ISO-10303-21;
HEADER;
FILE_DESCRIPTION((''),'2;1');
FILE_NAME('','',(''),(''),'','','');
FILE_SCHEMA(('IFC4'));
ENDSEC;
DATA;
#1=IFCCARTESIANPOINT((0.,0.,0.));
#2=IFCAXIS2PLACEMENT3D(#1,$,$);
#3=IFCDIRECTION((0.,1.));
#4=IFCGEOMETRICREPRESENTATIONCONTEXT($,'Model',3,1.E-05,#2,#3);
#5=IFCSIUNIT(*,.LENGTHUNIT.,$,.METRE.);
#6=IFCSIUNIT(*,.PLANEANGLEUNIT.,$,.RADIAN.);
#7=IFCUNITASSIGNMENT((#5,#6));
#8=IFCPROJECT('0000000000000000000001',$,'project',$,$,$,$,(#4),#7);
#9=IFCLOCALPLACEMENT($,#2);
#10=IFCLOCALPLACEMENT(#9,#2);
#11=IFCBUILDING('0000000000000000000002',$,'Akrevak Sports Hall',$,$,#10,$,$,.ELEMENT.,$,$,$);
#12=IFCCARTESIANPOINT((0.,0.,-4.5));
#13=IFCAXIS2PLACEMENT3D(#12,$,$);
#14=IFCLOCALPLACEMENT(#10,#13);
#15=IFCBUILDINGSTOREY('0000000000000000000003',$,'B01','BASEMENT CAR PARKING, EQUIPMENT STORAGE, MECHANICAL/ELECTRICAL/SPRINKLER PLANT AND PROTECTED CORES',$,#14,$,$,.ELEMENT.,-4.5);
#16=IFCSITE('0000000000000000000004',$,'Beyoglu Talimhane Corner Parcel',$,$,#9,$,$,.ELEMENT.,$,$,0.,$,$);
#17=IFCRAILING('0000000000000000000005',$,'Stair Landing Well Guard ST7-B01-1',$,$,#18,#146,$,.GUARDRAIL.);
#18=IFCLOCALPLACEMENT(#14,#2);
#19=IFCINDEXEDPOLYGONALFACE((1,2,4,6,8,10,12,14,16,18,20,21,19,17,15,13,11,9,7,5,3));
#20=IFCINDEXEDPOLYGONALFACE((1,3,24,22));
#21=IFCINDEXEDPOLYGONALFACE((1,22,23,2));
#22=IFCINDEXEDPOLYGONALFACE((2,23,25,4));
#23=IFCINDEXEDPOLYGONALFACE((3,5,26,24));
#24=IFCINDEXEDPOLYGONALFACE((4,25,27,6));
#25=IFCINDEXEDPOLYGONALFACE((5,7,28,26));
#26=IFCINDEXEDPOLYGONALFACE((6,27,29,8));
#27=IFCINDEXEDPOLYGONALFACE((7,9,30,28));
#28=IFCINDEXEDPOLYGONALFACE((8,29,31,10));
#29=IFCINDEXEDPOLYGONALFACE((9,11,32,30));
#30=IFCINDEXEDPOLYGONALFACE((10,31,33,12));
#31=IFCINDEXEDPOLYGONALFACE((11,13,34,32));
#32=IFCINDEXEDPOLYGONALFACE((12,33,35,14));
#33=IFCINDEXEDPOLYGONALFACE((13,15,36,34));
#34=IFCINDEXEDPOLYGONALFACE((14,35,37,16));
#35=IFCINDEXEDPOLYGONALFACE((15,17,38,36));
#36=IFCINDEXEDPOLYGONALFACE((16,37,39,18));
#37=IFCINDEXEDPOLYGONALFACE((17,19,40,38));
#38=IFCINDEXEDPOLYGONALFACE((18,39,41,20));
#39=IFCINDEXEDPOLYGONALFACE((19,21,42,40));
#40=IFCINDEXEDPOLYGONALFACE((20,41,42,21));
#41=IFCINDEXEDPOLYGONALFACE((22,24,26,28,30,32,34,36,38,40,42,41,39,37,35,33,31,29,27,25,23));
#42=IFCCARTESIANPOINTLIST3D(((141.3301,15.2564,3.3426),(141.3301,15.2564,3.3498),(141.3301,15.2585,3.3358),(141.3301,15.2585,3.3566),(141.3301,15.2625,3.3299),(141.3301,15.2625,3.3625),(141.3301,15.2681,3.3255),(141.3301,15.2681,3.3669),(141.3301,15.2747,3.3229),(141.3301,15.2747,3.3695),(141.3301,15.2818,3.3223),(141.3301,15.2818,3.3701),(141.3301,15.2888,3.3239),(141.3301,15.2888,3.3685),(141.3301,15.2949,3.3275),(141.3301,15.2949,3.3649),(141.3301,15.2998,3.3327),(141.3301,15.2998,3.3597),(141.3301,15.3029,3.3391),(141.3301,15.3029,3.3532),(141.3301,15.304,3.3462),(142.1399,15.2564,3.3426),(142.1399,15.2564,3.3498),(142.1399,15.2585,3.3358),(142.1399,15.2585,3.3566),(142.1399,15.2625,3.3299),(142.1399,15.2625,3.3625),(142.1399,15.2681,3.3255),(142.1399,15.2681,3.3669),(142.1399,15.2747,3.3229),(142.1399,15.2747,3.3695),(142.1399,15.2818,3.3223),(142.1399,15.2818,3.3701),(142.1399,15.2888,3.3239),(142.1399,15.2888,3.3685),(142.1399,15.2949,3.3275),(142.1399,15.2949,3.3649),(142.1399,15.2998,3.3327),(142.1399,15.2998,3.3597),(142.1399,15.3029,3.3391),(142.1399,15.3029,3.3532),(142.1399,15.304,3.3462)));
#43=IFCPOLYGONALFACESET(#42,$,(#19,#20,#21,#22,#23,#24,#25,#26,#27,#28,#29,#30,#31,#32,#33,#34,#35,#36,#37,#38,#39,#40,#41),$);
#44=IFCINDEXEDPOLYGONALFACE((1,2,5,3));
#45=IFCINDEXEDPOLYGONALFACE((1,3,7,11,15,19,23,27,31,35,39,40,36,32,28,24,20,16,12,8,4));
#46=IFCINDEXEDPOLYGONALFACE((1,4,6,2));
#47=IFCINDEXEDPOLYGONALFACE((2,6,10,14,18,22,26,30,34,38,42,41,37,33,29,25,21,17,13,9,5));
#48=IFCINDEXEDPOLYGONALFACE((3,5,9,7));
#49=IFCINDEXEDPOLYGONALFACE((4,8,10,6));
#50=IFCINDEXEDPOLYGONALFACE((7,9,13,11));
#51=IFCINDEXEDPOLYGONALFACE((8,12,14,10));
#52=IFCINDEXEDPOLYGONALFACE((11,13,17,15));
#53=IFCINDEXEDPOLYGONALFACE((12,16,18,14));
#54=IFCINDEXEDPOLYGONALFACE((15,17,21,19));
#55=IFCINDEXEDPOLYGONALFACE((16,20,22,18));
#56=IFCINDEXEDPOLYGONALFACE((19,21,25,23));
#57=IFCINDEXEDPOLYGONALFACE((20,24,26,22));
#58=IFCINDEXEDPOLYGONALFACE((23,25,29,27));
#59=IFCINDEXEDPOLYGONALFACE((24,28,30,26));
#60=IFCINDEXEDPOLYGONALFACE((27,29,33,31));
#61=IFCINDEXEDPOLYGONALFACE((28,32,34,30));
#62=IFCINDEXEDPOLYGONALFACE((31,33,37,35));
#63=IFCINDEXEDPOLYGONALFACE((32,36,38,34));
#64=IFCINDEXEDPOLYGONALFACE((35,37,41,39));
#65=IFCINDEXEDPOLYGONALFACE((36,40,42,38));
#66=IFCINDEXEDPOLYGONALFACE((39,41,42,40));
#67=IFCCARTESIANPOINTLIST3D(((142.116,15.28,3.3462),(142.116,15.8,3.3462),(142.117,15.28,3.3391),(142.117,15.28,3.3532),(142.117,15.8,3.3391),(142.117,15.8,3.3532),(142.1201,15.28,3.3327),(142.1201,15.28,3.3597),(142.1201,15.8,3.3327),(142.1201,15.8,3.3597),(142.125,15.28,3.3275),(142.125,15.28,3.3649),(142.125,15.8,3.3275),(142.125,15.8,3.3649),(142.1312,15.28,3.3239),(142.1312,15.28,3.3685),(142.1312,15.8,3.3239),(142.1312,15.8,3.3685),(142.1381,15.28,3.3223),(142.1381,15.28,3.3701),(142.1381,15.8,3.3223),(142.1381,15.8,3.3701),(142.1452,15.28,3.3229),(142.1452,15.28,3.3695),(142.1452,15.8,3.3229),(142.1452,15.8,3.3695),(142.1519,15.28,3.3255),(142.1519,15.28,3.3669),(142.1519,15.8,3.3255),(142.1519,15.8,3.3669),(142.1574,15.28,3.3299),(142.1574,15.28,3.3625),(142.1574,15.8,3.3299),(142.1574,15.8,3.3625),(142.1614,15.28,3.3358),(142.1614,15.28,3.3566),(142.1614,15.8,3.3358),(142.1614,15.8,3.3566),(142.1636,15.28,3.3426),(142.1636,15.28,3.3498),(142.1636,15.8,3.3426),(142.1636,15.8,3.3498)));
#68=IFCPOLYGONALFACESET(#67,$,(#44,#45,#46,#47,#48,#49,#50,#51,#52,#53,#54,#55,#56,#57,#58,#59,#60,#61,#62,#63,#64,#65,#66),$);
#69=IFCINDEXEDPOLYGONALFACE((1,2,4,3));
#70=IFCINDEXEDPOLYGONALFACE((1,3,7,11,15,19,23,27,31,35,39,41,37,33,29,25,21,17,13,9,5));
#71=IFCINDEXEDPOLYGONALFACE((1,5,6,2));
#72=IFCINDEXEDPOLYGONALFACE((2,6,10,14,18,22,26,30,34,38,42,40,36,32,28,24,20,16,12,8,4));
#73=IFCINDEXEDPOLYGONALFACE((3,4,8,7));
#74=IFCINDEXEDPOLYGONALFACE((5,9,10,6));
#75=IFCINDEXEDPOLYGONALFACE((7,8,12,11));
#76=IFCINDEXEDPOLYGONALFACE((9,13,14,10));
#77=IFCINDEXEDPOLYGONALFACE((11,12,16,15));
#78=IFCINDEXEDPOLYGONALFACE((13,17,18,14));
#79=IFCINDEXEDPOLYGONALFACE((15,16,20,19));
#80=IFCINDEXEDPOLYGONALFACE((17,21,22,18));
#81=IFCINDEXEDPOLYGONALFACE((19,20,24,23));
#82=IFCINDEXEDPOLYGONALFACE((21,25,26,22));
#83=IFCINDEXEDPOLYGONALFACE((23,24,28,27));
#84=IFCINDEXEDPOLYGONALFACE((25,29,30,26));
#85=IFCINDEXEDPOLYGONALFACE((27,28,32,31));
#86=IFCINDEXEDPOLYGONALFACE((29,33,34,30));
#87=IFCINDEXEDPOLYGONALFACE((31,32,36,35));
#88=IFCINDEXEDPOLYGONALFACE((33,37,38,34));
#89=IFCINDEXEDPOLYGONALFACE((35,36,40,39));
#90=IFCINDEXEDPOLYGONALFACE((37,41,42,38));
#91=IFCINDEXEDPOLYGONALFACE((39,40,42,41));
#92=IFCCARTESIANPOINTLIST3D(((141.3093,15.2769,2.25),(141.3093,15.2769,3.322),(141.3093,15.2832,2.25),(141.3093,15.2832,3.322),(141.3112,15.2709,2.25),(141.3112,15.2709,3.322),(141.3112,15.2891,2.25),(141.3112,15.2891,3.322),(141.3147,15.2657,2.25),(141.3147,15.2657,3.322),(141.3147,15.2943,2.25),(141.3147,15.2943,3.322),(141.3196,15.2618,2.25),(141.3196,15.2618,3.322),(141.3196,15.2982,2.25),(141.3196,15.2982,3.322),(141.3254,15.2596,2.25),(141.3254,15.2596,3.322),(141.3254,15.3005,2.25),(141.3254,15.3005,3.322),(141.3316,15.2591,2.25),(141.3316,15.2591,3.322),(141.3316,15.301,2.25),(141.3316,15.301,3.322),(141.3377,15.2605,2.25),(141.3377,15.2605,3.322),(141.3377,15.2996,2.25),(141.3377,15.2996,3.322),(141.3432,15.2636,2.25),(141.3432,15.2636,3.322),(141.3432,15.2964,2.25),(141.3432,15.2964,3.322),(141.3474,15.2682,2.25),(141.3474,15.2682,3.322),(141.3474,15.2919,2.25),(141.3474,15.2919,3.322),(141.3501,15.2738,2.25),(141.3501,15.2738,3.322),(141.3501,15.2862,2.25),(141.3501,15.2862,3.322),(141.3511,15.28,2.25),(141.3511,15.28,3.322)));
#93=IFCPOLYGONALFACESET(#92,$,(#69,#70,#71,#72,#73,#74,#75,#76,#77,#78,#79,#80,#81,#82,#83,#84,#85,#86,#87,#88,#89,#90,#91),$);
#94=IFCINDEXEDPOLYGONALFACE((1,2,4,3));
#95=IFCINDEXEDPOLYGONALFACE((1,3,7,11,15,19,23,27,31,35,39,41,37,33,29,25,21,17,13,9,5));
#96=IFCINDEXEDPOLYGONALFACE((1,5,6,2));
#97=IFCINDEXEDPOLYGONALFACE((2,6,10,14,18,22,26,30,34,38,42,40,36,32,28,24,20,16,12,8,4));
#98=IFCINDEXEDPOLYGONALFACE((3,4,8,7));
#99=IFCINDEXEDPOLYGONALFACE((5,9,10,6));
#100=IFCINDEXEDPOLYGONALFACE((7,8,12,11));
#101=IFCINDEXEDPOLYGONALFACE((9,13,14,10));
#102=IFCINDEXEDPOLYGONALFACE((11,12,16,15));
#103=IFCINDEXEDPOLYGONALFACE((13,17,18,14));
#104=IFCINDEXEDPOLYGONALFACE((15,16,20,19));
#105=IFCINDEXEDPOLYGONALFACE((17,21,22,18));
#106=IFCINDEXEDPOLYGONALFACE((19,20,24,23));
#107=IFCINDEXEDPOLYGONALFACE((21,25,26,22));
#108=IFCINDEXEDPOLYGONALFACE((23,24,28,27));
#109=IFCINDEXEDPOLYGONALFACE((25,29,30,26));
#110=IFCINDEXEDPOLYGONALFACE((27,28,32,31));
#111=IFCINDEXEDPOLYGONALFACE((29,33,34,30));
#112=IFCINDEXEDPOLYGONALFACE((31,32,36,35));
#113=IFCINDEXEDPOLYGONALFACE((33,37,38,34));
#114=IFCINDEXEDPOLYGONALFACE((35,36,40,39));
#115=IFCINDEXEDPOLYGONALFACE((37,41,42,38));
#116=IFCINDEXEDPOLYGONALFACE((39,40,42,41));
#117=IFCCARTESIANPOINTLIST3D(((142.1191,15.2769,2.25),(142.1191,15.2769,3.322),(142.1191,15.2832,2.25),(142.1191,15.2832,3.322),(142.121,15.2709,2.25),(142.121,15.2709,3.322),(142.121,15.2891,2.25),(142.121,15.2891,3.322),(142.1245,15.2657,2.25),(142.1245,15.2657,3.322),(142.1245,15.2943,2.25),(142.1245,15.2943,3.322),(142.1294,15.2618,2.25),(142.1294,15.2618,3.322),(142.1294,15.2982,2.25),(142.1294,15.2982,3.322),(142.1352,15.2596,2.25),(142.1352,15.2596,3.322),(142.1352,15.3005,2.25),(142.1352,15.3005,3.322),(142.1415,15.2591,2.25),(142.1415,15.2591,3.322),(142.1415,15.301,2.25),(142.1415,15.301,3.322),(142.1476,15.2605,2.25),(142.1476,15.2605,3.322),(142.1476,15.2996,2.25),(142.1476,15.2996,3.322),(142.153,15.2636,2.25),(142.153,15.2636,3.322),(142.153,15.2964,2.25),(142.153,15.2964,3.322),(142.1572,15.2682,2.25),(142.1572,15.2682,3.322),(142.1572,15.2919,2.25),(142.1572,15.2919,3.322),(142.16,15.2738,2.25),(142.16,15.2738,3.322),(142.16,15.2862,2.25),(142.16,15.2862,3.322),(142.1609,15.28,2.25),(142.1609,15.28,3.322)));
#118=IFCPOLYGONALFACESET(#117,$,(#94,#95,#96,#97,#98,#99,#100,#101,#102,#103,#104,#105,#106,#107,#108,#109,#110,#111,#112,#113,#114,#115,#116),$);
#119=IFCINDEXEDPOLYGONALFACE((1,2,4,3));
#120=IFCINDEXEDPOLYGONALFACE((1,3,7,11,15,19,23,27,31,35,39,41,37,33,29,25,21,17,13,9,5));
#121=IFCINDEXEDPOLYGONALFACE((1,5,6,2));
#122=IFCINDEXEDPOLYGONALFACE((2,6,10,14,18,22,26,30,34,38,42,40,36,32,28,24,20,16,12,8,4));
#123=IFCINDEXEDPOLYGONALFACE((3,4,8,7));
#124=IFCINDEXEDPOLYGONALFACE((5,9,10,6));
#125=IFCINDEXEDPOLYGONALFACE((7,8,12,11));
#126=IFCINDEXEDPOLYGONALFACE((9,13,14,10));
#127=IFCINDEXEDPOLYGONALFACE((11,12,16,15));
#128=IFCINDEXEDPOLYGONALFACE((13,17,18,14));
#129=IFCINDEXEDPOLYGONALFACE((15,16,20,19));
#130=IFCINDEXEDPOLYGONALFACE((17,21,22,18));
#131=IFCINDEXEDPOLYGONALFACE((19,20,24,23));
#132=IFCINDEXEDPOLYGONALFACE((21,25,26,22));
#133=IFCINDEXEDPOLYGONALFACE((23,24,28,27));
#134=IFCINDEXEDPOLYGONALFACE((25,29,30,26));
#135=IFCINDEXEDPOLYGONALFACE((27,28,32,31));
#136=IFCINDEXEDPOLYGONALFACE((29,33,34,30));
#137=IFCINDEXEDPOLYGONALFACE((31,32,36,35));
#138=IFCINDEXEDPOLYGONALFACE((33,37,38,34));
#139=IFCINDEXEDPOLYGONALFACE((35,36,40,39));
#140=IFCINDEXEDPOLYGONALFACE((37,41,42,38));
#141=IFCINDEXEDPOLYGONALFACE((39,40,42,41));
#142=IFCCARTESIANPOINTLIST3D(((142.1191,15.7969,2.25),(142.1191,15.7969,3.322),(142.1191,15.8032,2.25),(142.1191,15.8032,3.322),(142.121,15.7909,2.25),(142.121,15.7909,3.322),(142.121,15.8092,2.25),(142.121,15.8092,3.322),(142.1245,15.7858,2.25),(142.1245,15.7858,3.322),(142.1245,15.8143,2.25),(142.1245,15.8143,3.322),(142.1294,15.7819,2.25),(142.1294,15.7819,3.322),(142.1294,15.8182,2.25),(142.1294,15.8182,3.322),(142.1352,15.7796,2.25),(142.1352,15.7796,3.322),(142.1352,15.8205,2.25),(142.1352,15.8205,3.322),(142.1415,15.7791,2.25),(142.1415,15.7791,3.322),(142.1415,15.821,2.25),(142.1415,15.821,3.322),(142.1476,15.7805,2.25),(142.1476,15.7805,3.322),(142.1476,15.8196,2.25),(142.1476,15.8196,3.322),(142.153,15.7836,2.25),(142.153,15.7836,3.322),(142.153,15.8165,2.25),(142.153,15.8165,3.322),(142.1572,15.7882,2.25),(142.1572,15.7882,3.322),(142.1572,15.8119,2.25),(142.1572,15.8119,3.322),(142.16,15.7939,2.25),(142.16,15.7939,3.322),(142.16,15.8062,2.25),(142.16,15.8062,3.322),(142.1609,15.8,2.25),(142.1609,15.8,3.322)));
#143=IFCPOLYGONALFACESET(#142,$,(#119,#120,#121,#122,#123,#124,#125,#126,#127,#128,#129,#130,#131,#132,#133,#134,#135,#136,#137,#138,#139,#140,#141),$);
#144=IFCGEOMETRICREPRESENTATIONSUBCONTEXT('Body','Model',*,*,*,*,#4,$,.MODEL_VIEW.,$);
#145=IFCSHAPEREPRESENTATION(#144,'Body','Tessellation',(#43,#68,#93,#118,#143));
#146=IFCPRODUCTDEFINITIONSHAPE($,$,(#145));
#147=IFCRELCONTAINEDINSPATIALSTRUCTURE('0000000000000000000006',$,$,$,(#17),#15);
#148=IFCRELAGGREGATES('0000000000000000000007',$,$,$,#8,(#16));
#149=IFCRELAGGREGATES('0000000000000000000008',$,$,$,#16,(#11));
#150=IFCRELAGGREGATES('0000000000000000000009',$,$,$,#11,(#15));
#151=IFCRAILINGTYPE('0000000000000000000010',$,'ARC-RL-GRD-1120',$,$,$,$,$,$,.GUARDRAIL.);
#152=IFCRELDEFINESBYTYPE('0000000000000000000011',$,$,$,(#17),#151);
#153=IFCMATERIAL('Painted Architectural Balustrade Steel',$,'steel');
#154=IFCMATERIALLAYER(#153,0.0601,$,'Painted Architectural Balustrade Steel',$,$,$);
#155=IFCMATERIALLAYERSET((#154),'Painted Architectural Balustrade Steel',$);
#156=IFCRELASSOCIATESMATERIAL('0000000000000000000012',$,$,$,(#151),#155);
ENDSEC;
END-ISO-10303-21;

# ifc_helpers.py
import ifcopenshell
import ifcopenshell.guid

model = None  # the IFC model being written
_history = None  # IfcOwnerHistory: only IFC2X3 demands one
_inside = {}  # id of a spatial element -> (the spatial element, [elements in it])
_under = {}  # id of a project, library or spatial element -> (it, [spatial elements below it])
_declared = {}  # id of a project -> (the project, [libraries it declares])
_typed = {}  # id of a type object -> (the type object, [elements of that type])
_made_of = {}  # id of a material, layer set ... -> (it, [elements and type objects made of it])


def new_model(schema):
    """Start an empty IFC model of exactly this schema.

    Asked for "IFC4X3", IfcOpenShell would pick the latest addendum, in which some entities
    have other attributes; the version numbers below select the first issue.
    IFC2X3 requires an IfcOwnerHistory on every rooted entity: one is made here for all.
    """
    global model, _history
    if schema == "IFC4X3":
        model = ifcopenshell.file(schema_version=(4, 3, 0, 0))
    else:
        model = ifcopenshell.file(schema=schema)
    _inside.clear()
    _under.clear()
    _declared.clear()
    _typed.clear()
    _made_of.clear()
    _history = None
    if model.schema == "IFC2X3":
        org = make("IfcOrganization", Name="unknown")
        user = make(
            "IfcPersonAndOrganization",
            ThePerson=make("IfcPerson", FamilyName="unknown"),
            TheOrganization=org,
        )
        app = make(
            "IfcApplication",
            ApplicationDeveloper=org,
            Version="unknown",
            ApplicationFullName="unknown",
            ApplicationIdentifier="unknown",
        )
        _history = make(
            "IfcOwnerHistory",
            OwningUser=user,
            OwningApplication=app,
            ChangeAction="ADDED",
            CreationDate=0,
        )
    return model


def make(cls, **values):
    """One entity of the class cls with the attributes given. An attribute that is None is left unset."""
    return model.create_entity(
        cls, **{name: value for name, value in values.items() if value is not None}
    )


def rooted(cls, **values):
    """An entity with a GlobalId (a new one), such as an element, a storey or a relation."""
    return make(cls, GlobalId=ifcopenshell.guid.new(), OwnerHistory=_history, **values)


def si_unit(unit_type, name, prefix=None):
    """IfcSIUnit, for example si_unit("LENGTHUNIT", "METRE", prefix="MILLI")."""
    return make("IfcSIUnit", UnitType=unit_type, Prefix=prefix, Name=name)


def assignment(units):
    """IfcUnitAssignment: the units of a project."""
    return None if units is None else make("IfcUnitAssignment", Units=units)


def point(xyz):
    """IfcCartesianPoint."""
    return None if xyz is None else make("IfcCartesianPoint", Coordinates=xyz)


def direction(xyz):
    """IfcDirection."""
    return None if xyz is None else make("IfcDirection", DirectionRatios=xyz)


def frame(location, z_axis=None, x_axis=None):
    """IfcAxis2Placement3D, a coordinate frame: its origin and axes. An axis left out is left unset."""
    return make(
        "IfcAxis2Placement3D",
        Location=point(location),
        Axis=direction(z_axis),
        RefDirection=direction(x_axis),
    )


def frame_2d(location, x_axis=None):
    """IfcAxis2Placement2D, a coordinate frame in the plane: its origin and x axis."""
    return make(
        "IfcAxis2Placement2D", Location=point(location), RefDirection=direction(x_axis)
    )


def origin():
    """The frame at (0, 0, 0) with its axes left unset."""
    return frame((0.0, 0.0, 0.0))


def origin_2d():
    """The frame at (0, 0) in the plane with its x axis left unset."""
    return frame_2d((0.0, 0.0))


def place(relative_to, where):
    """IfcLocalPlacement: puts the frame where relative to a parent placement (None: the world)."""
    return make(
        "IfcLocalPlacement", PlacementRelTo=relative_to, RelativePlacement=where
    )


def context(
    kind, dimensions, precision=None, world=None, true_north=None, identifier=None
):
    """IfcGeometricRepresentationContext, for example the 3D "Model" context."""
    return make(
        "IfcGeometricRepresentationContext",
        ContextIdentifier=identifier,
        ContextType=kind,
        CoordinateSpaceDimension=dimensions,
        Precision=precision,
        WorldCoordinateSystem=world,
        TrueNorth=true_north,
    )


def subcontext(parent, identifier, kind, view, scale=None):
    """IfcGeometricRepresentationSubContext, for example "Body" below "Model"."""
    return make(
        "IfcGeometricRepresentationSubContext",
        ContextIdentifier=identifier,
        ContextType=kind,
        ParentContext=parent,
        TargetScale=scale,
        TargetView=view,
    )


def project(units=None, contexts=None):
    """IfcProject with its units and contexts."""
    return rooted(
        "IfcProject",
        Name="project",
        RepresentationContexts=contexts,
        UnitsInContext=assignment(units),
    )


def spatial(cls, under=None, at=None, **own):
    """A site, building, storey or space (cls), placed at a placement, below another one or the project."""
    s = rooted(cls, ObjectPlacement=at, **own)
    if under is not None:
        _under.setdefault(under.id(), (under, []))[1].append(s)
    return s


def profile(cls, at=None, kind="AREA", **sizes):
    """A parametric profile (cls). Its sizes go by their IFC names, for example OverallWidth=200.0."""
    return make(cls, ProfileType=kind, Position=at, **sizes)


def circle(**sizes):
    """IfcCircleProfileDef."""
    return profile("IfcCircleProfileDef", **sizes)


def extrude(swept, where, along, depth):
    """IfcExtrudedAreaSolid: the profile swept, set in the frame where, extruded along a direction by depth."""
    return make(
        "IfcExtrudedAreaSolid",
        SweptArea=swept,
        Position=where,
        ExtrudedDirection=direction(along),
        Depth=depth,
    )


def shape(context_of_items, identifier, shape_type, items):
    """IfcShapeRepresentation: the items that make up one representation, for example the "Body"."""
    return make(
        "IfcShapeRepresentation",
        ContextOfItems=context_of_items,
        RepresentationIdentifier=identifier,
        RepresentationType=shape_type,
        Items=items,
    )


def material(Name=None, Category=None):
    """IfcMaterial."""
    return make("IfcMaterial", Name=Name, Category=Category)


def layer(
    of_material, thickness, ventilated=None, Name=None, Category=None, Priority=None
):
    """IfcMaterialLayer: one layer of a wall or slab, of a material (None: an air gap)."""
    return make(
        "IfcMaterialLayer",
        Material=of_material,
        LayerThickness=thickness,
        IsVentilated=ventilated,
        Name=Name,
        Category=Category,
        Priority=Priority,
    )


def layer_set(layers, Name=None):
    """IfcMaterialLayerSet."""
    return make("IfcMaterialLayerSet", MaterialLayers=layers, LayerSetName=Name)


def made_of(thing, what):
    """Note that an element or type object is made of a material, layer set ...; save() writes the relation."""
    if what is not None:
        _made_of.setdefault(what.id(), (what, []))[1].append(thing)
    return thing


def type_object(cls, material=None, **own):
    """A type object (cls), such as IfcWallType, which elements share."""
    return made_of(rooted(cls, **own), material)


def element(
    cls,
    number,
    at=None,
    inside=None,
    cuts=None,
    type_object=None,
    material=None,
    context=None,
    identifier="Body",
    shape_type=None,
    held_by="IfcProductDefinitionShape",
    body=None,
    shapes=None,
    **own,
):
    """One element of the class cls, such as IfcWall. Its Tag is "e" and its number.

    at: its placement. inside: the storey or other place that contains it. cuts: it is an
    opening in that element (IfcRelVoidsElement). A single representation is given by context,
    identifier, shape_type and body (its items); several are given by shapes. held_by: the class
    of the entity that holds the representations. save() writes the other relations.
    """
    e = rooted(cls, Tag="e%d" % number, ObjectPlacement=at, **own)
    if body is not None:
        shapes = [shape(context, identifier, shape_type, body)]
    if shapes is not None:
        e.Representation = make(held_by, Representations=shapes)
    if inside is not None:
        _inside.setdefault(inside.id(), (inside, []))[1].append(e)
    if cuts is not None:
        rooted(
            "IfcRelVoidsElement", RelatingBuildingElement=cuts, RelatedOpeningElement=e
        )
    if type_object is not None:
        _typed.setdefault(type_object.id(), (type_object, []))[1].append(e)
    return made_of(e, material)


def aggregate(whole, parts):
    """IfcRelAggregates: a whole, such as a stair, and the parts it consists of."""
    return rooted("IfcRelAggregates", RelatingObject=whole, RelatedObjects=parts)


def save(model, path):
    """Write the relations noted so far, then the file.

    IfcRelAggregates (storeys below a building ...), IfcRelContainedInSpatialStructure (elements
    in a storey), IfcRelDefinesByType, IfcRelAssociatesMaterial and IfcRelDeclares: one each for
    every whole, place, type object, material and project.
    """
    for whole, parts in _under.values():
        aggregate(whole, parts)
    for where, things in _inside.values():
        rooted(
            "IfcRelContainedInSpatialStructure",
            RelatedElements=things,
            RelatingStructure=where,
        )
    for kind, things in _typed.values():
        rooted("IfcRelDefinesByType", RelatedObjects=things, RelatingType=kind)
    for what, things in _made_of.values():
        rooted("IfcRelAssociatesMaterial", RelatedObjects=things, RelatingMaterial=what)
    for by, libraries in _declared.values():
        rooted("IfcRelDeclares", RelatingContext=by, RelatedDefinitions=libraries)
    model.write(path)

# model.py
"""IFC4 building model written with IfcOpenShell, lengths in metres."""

from ifc_helpers import new_model, si_unit, direction, frame, origin, origin_2d, place, context, subcontext, project, spatial, circle, extrude, material, layer, layer_set, type_object, element, save


model = new_model("IFC4")

# Units and contexts
model_context = context("Model", 3, precision=1e-05, world=origin(), true_north=direction((0.0, 1.0)))
body_context = subcontext(model_context, "Body", "Model", "MODEL_VIEW")
ifc_project = project(units=[si_unit("LENGTHUNIT", "METRE"), si_unit("PLANEANGLEUNIT", "RADIAN")], contexts=[model_context])

# Site, building, storey
site_placement = place(None, origin())
site = spatial("IfcSite", under=ifc_project, at=site_placement, Name="Beyoglu Talimhane Corner Parcel", CompositionType="ELEMENT", RefElevation=0.0)
building_placement = place(site_placement, origin())
building = spatial("IfcBuilding", under=site, at=building_placement, Name="Akrevak Sports Hall", CompositionType="ELEMENT")
storey_placement = place(building_placement, frame((0.0, 0.0, -4.5)))
storey = spatial("IfcBuildingStorey", under=building, at=storey_placement, Name="B01", Description="BASEMENT CAR PARKING, EQUIPMENT STORAGE, MECHANICAL/ELECTRICAL/SPRINKLER PLANT AND PROTECTED CORES", CompositionType="ELEMENT", Elevation=-4.5)

# Railing
ifc_material_1 = material(Name="Painted Architectural Balustrade Steel", Category="steel")
ifc_layer_1 = layer(ifc_material_1, 0.0601, Name="Painted Architectural Balustrade Steel")
ifc_layer_set_1 = layer_set([ifc_layer_1], Name="Painted Architectural Balustrade Steel")
railing_type_1 = type_object("IfcRailingType", Name="ARC-RL-GRD-1120", PredefinedType="GUARDRAIL", material=ifc_layer_set_1)
railing_1_placement = place(storey_placement, frame((141.3301, 15.28, 2.25)))
element("IfcRailing", 1, at=railing_1_placement, inside=storey, type_object=railing_type_1, Name="Stair Landing Well Guard ST7-B01-1", PredefinedType="GUARDRAIL", context=body_context, shape_type="SweptSolid", body=[
    extrude(circle(Radius=0.0239, at=origin_2d()), frame((0.0, 0.0, 1.0962), z_axis=(1.0, 0.0, 0.0), x_axis=(0.0, 1.0, 0.0)), (0.0, 0.0, 1.0), 0.8098),
    extrude(circle(Radius=0.0239, at=origin_2d()), frame((0.8098, 0.0, 1.0962), z_axis=(0.0, 1.0, 0.0), x_axis=(-1.0, 0.0, 0.0)), (0.0, 0.0, 1.0), 0.52),
    extrude(circle(Radius=0.021, at=origin_2d()), origin(), (0.0, 0.0, 1.0), 1.072),
    extrude(circle(Radius=0.021, at=origin_2d()), frame((0.8098, 0.0, 0.0)), (0.0, 0.0, 1.0), 1.072),
    extrude(circle(Radius=0.021, at=origin_2d()), frame((0.8098, 0.52, 0.0)), (0.0, 0.0, 1.0), 1.072),
])

save(model, "model.ifc")
